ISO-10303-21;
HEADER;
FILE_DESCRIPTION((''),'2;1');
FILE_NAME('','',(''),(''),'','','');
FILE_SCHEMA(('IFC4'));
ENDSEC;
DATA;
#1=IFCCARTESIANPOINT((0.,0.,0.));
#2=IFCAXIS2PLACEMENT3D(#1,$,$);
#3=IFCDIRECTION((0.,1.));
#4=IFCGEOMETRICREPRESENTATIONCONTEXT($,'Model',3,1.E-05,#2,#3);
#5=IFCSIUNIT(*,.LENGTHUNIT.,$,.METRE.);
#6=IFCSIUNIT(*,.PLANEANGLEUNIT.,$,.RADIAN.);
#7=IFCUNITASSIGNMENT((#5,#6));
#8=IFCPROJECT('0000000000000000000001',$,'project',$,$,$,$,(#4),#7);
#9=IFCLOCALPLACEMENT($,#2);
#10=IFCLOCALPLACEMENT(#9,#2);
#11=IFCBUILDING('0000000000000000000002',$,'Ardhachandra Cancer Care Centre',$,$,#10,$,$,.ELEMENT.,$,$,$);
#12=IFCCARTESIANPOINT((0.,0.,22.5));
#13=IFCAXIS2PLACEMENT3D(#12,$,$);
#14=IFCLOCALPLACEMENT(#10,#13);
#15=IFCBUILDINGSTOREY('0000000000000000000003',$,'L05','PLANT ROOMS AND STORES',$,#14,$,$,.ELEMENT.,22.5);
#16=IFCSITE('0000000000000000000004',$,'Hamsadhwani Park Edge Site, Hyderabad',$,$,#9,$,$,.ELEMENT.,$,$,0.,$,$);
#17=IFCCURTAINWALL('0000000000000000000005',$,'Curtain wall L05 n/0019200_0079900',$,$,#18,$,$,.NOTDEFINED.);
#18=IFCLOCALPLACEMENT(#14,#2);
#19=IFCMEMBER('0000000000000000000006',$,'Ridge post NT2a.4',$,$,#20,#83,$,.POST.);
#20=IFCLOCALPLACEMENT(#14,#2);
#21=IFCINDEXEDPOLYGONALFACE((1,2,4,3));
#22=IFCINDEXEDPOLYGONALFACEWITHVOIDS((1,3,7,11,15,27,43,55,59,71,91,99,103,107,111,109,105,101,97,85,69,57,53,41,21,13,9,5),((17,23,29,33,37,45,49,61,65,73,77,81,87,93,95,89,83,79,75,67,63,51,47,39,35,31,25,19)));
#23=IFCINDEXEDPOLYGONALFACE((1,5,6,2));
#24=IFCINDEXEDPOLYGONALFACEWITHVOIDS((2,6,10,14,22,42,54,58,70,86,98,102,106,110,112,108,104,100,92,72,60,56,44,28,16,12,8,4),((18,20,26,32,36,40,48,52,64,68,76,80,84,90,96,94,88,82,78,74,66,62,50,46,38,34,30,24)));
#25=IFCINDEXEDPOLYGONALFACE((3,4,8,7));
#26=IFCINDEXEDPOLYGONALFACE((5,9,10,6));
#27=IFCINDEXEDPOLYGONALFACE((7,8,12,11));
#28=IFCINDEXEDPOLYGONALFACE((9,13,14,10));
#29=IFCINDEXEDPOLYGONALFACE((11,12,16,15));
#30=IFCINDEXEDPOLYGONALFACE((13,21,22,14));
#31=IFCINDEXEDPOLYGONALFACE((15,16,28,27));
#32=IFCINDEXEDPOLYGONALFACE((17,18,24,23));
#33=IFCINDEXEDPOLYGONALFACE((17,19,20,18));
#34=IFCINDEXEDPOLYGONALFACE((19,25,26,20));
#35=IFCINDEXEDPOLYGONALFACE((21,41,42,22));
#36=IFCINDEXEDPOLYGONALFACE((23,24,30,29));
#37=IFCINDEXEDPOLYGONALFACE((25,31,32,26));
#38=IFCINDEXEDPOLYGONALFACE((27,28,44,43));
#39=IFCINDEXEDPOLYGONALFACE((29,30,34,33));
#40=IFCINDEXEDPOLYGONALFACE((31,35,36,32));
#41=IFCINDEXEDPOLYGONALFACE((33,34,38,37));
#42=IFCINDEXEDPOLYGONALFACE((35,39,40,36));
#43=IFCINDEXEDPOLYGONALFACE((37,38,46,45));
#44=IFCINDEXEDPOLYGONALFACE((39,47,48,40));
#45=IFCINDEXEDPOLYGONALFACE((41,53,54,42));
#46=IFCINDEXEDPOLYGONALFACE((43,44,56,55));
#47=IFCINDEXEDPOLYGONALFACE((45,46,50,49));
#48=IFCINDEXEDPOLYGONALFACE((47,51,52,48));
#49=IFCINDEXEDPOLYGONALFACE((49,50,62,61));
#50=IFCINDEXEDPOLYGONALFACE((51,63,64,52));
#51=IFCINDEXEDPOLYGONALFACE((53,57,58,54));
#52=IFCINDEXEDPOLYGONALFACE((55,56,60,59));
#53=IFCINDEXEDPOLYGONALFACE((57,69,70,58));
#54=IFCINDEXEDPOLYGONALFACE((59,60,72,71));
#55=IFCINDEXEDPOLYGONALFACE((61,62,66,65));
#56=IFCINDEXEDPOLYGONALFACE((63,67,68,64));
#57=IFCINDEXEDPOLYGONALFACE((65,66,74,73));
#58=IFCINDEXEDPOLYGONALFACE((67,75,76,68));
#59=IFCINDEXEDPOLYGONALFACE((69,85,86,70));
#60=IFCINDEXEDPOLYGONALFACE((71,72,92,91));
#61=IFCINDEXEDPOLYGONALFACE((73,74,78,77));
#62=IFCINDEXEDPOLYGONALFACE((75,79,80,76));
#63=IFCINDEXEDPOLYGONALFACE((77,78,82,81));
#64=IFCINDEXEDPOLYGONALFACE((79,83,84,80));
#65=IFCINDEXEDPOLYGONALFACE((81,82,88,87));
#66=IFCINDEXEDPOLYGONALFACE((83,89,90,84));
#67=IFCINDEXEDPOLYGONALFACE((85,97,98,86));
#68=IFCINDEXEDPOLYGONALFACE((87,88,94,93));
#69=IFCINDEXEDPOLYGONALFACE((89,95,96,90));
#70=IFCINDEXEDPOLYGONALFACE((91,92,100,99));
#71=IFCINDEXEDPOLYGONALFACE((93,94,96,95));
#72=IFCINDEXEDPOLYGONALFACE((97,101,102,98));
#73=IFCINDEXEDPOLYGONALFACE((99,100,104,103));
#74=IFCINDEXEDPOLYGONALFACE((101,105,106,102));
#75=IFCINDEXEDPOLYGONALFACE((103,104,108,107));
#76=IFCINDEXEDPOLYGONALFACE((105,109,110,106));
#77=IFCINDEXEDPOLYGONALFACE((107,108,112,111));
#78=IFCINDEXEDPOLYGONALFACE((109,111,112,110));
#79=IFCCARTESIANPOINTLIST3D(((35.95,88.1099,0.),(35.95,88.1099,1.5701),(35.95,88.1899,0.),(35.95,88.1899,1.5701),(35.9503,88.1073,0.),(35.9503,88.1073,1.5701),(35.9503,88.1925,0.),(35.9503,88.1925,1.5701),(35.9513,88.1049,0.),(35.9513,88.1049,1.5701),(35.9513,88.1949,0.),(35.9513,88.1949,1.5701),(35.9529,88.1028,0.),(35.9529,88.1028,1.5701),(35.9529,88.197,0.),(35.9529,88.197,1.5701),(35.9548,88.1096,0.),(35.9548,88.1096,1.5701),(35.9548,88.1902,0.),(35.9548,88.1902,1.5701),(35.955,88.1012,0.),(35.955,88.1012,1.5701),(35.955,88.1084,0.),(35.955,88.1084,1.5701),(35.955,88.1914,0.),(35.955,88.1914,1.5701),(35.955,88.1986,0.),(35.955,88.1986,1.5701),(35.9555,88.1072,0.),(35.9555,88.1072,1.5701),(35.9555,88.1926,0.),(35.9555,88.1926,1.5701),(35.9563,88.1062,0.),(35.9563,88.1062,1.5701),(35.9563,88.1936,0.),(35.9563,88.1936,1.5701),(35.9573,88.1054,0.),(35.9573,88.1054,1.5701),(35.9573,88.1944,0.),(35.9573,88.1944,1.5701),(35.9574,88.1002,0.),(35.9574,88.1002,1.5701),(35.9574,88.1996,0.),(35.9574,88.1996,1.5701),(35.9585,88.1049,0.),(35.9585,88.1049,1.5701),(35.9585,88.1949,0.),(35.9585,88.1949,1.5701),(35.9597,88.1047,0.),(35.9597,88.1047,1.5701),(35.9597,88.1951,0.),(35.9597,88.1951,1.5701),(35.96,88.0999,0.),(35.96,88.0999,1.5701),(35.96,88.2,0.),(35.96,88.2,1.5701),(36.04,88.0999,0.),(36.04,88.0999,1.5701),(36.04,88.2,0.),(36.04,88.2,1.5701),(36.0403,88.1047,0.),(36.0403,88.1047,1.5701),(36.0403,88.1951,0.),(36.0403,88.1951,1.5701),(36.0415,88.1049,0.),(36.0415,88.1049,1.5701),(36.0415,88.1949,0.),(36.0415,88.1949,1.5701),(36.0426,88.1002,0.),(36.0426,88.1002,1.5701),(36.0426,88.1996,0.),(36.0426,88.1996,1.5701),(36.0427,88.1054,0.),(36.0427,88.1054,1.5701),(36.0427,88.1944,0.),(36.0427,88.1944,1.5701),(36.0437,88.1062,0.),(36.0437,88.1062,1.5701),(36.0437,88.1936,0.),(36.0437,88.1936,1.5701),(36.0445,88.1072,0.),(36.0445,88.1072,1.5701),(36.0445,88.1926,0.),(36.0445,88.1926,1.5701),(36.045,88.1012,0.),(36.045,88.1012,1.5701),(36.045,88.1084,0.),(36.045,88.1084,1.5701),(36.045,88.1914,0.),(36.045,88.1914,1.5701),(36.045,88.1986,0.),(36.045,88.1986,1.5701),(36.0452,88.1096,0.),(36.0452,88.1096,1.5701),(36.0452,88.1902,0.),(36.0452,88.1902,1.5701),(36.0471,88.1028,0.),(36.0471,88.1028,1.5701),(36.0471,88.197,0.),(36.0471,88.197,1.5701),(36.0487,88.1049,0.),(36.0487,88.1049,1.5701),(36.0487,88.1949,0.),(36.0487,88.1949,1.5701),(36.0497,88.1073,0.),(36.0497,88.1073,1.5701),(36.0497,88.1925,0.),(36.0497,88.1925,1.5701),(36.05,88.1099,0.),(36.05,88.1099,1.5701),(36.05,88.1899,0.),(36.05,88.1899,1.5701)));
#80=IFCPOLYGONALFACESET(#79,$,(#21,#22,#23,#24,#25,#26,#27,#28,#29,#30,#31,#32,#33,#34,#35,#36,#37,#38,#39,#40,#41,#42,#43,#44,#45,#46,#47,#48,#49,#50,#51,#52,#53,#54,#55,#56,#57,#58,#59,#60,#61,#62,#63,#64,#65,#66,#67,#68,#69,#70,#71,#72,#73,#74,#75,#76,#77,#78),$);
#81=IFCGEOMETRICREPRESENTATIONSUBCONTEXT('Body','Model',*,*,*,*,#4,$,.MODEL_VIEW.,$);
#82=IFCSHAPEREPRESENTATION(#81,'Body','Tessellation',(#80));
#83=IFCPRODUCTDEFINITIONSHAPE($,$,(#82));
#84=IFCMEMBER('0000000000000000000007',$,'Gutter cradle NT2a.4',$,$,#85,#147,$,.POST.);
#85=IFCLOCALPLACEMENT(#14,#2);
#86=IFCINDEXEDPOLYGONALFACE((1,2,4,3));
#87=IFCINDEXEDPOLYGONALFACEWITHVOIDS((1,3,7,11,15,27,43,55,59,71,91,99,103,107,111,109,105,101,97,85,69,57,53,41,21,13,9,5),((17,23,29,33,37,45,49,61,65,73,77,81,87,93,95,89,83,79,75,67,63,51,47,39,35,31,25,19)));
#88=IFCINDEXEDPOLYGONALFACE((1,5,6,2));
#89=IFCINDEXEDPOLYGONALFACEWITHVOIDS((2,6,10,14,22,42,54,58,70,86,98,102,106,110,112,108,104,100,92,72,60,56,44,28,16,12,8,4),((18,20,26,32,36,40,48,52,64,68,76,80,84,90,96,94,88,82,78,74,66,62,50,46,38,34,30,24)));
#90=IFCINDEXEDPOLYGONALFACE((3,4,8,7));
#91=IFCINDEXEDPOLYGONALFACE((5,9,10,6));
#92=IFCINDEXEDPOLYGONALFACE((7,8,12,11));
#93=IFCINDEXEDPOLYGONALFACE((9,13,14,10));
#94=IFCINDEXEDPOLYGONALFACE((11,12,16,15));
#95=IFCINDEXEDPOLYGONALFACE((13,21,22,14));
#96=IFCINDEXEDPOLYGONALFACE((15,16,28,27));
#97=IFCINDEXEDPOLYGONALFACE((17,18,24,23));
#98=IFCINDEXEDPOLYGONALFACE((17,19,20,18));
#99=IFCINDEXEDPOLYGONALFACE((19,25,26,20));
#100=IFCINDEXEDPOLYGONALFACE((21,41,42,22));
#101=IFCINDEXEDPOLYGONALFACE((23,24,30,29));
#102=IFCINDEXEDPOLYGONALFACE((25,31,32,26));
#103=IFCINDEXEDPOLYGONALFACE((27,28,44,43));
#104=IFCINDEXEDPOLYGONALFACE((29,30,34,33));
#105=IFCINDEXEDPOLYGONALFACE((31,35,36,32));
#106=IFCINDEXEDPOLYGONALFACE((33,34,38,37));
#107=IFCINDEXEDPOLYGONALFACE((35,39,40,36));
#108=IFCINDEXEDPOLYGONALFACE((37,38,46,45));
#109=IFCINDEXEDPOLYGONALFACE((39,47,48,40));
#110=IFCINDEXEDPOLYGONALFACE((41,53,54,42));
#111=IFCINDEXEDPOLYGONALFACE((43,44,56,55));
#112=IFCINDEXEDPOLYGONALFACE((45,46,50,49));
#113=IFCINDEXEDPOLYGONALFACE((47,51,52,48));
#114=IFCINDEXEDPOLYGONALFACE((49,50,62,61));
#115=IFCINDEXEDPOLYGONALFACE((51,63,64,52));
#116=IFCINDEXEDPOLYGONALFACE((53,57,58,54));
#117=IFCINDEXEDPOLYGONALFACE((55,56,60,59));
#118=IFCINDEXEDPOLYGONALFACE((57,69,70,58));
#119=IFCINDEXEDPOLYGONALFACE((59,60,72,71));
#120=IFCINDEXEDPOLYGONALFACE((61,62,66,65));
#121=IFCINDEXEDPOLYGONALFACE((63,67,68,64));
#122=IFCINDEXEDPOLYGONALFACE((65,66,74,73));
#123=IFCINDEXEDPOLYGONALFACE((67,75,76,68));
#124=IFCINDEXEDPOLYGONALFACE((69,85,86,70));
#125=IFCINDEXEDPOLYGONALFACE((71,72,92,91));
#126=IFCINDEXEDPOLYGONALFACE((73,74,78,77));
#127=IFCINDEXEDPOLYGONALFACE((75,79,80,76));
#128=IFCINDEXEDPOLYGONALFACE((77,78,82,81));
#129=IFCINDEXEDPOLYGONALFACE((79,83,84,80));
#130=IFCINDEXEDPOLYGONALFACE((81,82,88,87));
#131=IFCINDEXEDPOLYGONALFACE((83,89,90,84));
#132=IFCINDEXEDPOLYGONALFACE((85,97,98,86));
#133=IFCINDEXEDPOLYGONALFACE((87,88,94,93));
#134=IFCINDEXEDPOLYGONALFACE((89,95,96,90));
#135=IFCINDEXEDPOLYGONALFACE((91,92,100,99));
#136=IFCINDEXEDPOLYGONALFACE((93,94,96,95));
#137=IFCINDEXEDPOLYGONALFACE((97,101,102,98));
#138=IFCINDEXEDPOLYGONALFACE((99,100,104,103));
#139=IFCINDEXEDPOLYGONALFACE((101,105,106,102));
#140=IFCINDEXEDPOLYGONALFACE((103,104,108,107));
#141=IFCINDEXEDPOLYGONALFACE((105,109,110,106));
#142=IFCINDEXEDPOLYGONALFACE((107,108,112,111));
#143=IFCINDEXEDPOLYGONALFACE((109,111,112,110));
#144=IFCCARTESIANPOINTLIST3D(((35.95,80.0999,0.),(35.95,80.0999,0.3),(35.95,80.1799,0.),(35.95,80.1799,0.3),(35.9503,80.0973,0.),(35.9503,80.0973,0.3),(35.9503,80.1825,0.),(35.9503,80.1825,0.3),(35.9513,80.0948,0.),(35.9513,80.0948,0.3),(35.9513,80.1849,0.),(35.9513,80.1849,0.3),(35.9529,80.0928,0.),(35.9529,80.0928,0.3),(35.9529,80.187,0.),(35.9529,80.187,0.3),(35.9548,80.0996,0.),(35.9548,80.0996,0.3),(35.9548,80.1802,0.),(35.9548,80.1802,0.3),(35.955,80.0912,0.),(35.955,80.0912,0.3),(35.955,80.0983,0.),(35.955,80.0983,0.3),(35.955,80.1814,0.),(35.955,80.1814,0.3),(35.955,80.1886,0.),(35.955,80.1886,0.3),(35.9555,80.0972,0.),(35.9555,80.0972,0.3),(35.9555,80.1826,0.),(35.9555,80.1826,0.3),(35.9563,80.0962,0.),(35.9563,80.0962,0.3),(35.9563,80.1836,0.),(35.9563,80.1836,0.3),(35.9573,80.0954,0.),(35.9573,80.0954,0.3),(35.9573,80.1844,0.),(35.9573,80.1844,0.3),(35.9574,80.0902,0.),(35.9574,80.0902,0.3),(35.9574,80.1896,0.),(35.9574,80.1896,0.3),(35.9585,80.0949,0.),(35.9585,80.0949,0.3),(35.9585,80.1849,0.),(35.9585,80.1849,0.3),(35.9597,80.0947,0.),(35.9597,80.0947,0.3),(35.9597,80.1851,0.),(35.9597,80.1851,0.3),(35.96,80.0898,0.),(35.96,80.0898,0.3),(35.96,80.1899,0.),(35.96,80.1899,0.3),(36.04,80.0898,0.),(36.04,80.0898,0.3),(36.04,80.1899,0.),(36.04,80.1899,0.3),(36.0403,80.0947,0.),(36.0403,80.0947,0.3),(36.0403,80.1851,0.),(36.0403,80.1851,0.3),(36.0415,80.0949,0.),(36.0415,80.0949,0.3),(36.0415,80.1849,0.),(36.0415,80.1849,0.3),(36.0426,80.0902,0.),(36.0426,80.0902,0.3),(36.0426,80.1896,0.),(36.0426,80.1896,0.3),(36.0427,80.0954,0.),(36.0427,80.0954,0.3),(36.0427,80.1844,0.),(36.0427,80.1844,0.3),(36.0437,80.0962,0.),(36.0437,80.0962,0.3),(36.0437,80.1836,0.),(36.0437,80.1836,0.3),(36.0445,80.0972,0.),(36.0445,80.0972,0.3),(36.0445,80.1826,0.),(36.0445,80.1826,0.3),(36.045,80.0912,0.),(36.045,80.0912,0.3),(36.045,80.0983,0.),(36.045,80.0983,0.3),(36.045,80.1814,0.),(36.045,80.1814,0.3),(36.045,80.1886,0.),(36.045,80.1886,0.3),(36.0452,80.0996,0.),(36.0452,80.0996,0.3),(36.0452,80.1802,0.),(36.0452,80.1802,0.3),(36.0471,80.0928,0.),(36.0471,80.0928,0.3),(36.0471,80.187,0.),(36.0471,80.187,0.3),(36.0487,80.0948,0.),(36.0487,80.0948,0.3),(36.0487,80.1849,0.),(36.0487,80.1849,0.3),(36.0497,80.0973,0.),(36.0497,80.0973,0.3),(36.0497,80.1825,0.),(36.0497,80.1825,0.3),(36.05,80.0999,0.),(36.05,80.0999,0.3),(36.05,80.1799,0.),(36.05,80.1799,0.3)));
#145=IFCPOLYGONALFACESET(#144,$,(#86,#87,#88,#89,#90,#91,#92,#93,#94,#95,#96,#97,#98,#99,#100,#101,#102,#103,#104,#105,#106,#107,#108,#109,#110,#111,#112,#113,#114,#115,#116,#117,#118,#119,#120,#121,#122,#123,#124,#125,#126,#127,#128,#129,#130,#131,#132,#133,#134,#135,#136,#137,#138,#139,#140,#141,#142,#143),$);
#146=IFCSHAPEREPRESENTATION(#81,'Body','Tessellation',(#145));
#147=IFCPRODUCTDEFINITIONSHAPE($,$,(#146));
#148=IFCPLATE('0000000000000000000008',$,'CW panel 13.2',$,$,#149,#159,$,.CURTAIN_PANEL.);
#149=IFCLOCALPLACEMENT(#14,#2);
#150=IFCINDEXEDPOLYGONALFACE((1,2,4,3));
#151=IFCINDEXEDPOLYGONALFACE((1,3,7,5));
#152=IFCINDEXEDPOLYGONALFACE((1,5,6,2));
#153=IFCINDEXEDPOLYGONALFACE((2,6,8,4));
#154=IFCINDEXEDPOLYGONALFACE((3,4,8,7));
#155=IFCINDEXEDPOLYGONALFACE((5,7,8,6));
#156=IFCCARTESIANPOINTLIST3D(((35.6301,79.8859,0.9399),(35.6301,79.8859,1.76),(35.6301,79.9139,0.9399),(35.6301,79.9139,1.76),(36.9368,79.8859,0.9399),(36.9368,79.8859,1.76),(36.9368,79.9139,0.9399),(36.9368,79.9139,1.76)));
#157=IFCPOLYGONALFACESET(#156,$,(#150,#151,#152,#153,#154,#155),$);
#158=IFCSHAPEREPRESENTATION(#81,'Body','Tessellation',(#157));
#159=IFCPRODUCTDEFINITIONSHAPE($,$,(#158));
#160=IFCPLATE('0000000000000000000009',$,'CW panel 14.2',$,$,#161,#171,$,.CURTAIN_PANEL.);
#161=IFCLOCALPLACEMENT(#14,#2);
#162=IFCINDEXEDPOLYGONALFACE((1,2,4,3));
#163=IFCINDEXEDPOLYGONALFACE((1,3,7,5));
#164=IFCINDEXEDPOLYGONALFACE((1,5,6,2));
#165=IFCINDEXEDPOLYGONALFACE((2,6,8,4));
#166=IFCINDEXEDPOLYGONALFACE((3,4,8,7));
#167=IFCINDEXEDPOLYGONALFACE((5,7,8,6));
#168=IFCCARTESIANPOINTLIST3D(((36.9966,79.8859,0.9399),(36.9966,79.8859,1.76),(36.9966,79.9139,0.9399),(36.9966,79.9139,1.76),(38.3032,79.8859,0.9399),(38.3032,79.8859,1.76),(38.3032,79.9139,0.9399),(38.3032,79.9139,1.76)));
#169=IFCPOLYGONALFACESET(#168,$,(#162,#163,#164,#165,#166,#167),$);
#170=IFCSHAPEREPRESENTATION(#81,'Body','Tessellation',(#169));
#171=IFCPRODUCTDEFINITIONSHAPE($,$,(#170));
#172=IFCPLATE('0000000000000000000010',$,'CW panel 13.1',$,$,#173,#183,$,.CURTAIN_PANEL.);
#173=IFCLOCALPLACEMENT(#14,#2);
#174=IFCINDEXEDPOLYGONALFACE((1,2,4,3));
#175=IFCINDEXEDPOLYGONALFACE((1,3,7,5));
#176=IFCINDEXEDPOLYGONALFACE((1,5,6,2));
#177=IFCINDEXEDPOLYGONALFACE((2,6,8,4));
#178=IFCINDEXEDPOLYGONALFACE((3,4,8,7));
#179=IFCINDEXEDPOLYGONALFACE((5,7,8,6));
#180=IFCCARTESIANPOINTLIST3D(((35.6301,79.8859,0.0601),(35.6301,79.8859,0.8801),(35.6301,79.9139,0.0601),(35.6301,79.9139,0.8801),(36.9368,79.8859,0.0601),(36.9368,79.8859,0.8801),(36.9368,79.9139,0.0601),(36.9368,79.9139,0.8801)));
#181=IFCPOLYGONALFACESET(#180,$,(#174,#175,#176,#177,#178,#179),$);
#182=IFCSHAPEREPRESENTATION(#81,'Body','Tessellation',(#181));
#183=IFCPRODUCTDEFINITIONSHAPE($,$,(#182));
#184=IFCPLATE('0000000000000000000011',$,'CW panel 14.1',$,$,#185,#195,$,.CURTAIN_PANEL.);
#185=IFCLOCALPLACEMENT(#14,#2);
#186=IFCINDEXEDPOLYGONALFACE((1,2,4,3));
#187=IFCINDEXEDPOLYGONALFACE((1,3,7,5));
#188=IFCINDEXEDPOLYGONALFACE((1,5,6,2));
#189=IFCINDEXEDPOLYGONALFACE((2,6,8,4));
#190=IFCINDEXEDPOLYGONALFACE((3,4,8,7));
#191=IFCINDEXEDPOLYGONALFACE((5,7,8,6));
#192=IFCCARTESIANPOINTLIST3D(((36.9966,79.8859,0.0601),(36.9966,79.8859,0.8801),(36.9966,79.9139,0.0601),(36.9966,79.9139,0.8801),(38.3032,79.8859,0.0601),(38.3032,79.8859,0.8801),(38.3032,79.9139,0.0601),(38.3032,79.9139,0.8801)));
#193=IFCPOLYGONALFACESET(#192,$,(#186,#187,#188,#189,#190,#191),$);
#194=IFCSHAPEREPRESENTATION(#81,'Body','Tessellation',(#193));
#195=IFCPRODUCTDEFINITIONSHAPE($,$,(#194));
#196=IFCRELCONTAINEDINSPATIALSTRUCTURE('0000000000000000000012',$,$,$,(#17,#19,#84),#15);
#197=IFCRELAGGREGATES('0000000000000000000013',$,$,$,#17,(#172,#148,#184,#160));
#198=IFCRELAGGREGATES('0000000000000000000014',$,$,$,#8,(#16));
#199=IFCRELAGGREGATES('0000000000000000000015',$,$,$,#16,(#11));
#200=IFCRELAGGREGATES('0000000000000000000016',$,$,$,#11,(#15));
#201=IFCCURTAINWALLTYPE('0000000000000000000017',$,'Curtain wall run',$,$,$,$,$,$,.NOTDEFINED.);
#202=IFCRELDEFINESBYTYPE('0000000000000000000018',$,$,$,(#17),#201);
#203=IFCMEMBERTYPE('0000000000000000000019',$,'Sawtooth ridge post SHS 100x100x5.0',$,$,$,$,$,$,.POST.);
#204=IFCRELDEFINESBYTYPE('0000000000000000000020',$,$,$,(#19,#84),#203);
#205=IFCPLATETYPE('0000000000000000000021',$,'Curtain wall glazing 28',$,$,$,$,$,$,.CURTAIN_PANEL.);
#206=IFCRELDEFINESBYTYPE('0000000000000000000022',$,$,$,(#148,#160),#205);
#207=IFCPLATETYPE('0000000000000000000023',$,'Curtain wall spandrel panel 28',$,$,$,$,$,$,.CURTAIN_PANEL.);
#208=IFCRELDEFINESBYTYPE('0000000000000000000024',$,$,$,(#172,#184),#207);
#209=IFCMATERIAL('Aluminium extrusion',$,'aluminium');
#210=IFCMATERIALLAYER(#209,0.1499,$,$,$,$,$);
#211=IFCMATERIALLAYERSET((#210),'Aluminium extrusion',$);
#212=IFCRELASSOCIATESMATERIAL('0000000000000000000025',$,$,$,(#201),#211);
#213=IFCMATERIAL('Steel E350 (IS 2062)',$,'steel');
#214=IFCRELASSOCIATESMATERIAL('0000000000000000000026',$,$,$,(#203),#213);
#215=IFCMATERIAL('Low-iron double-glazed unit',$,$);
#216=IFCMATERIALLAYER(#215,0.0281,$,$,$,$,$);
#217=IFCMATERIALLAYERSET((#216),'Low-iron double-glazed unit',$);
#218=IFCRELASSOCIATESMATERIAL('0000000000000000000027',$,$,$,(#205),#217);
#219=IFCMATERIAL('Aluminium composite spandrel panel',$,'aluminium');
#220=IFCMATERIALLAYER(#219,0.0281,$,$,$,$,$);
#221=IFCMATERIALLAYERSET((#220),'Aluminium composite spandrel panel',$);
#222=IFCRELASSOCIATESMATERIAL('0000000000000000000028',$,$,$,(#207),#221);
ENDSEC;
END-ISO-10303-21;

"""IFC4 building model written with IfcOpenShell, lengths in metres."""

from ifc_helpers import new_model, si_unit, direction, frame, origin, origin_2d, place, context, subcontext, project, spatial, rectangle, hollow_rectangle, extrude, material, layer, layer_set, material_profile, profile_set, type_object, element, aggregate, save


model = new_model("IFC4")

# Units and contexts
model_context = context("Model", 3, precision=1e-05, world=origin(), true_north=direction((0.0, 1.0)))
body_context = subcontext(model_context, "Body", "Model", "MODEL_VIEW")
ifc_project = project(units=[si_unit("LENGTHUNIT", "METRE"), si_unit("PLANEANGLEUNIT", "RADIAN")], contexts=[model_context])

# Site, building, storey
site_placement = place(None, origin())
site = spatial("IfcSite", under=ifc_project, at=site_placement, Name="Hamsadhwani Park Edge Site, Hyderabad", CompositionType="ELEMENT", RefElevation=0.0)
building_placement = place(site_placement, origin())
building = spatial("IfcBuilding", under=site, at=building_placement, Name="Ardhachandra Cancer Care Centre", CompositionType="ELEMENT")
storey_placement = place(building_placement, frame((0.0, 0.0, 22.5)))
storey = spatial("IfcBuildingStorey", under=building, at=storey_placement, Name="L05", Description="PLANT ROOMS AND STORES", CompositionType="ELEMENT", Elevation=22.5)

# Curtain wall
ifc_material_1 = material(Name="Aluminium extrusion", Category="aluminium")
ifc_layer_1 = layer(ifc_material_1, 0.1499)
ifc_layer_set_1 = layer_set([ifc_layer_1], Name="Aluminium extrusion")
curtain_wall_type = type_object("IfcCurtainWallType", Name="Curtain wall run", PredefinedType="NOTDEFINED", material=ifc_layer_set_1)
curtain_wall_1_placement = place(storey_placement, origin())
curtain_wall_1 = element("IfcCurtainWall", 1, at=curtain_wall_1_placement, inside=storey, type_object=curtain_wall_type, Name="Curtain wall L05 n/0019200_0079900", PredefinedType="NOTDEFINED")

# Members
ifc_material_2 = material(Name="Steel E350 (IS 2062)", Category="steel")
ifc_material_profile_1 = material_profile(ifc_material_2, hollow_rectangle(XDim=0.1001, YDim=0.1001, WallThickness=0.0049, InnerFilletRadius=0.0049, OuterFilletRadius=0.01, at=origin_2d()), Name="SHS 100x100x5.0")
ifc_profile_set_1 = profile_set([ifc_material_profile_1], Name="Steel E350 (IS 2062)")
member_type_1 = type_object("IfcMemberType", Name="Sawtooth ridge post SHS 100x100x5.0", PredefinedType="POST", material=ifc_profile_set_1)
member_1_placement = place(storey_placement, frame((36.0, 88.1499, 0.0), z_axis=(0.0, 0.0, 1.0), x_axis=(1.0, 0.0, 0.0)))
element("IfcMember", 2, at=member_1_placement, inside=storey, type_object=member_type_1, Name="Ridge post NT2a.4", PredefinedType="POST", context=body_context, shape_type="SweptSolid", body=[
    extrude(hollow_rectangle(XDim=0.1001, YDim=0.1001, WallThickness=0.0049, InnerFilletRadius=0.0049, OuterFilletRadius=0.01, at=origin_2d()), origin(), (0.0, 0.0, 1.0), 1.5701),
])
member_2_placement = place(storey_placement, frame((36.0, 80.1399, 0.0), z_axis=(0.0, 0.0, 1.0), x_axis=(1.0, 0.0, 0.0)))
element("IfcMember", 3, at=member_2_placement, inside=storey, type_object=member_type_1, Name="Gutter cradle NT2a.4", PredefinedType="POST", context=body_context, shape_type="SweptSolid", body=[
    extrude(hollow_rectangle(XDim=0.1001, YDim=0.1001, WallThickness=0.0049, InnerFilletRadius=0.0049, OuterFilletRadius=0.01, at=origin_2d()), origin(), (0.0, 0.0, 1.0), 0.3),
])

# Plates
ifc_material_3 = material(Name="Low-iron double-glazed unit")
ifc_layer_2 = layer(ifc_material_3, 0.0281)
ifc_layer_set_2 = layer_set([ifc_layer_2], Name="Low-iron double-glazed unit")
plate_type_1 = type_object("IfcPlateType", Name="Curtain wall glazing 28", PredefinedType="CURTAIN_PANEL", material=ifc_layer_set_2)
plate_1_placement = place(storey_placement, frame((36.2834, 79.8999, 0.9399), z_axis=(0.0, 0.0, 1.0), x_axis=(1.0, 0.0, 0.0)))
plate_1 = element("IfcPlate", 4, at=plate_1_placement, type_object=plate_type_1, Name="CW panel 13.2", PredefinedType="CURTAIN_PANEL", context=body_context, shape_type="SweptSolid", body=[
    extrude(rectangle(XDim=1.3066, YDim=0.0281, at=origin_2d()), origin(), (0.0, 0.0, 1.0), 0.8201),
])
plate_2_placement = place(storey_placement, frame((37.6499, 79.8999, 0.9399), z_axis=(0.0, 0.0, 1.0), x_axis=(1.0, 0.0, 0.0)))
plate_2 = element("IfcPlate", 5, at=plate_2_placement, type_object=plate_type_1, Name="CW panel 14.2", PredefinedType="CURTAIN_PANEL", context=body_context, shape_type="SweptSolid", body=[
    extrude(rectangle(XDim=1.3066, YDim=0.0281, at=origin_2d()), origin(), (0.0, 0.0, 1.0), 0.8201),
])
ifc_material_4 = material(Name="Aluminium composite spandrel panel", Category="aluminium")
ifc_layer_3 = layer(ifc_material_4, 0.0281)
ifc_layer_set_3 = layer_set([ifc_layer_3], Name="Aluminium composite spandrel panel")
plate_type_2 = type_object("IfcPlateType", Name="Curtain wall spandrel panel 28", PredefinedType="CURTAIN_PANEL", material=ifc_layer_set_3)
plate_3_placement = place(storey_placement, frame((36.2834, 79.8999, 0.0601), z_axis=(0.0, 0.0, 1.0), x_axis=(1.0, 0.0, 0.0)))
plate_3 = element("IfcPlate", 6, at=plate_3_placement, type_object=plate_type_2, Name="CW panel 13.1", PredefinedType="CURTAIN_PANEL", context=body_context, shape_type="SweptSolid", body=[
    extrude(rectangle(XDim=1.3066, YDim=0.0281, at=origin_2d()), origin(), (0.0, 0.0, 1.0), 0.8201),
])
plate_4_placement = place(storey_placement, frame((37.6499, 79.8999, 0.0601), z_axis=(0.0, 0.0, 1.0), x_axis=(1.0, 0.0, 0.0)))
plate_4 = element("IfcPlate", 7, at=plate_4_placement, type_object=plate_type_2, Name="CW panel 14.1", PredefinedType="CURTAIN_PANEL", context=body_context, shape_type="SweptSolid", body=[
    extrude(rectangle(XDim=1.3066, YDim=0.0281, at=origin_2d()), origin(), (0.0, 0.0, 1.0), 0.8201),
])
aggregate(curtain_wall_1, [plate_3, plate_1, plate_4, plate_2])

save(model, "model.ifc")
